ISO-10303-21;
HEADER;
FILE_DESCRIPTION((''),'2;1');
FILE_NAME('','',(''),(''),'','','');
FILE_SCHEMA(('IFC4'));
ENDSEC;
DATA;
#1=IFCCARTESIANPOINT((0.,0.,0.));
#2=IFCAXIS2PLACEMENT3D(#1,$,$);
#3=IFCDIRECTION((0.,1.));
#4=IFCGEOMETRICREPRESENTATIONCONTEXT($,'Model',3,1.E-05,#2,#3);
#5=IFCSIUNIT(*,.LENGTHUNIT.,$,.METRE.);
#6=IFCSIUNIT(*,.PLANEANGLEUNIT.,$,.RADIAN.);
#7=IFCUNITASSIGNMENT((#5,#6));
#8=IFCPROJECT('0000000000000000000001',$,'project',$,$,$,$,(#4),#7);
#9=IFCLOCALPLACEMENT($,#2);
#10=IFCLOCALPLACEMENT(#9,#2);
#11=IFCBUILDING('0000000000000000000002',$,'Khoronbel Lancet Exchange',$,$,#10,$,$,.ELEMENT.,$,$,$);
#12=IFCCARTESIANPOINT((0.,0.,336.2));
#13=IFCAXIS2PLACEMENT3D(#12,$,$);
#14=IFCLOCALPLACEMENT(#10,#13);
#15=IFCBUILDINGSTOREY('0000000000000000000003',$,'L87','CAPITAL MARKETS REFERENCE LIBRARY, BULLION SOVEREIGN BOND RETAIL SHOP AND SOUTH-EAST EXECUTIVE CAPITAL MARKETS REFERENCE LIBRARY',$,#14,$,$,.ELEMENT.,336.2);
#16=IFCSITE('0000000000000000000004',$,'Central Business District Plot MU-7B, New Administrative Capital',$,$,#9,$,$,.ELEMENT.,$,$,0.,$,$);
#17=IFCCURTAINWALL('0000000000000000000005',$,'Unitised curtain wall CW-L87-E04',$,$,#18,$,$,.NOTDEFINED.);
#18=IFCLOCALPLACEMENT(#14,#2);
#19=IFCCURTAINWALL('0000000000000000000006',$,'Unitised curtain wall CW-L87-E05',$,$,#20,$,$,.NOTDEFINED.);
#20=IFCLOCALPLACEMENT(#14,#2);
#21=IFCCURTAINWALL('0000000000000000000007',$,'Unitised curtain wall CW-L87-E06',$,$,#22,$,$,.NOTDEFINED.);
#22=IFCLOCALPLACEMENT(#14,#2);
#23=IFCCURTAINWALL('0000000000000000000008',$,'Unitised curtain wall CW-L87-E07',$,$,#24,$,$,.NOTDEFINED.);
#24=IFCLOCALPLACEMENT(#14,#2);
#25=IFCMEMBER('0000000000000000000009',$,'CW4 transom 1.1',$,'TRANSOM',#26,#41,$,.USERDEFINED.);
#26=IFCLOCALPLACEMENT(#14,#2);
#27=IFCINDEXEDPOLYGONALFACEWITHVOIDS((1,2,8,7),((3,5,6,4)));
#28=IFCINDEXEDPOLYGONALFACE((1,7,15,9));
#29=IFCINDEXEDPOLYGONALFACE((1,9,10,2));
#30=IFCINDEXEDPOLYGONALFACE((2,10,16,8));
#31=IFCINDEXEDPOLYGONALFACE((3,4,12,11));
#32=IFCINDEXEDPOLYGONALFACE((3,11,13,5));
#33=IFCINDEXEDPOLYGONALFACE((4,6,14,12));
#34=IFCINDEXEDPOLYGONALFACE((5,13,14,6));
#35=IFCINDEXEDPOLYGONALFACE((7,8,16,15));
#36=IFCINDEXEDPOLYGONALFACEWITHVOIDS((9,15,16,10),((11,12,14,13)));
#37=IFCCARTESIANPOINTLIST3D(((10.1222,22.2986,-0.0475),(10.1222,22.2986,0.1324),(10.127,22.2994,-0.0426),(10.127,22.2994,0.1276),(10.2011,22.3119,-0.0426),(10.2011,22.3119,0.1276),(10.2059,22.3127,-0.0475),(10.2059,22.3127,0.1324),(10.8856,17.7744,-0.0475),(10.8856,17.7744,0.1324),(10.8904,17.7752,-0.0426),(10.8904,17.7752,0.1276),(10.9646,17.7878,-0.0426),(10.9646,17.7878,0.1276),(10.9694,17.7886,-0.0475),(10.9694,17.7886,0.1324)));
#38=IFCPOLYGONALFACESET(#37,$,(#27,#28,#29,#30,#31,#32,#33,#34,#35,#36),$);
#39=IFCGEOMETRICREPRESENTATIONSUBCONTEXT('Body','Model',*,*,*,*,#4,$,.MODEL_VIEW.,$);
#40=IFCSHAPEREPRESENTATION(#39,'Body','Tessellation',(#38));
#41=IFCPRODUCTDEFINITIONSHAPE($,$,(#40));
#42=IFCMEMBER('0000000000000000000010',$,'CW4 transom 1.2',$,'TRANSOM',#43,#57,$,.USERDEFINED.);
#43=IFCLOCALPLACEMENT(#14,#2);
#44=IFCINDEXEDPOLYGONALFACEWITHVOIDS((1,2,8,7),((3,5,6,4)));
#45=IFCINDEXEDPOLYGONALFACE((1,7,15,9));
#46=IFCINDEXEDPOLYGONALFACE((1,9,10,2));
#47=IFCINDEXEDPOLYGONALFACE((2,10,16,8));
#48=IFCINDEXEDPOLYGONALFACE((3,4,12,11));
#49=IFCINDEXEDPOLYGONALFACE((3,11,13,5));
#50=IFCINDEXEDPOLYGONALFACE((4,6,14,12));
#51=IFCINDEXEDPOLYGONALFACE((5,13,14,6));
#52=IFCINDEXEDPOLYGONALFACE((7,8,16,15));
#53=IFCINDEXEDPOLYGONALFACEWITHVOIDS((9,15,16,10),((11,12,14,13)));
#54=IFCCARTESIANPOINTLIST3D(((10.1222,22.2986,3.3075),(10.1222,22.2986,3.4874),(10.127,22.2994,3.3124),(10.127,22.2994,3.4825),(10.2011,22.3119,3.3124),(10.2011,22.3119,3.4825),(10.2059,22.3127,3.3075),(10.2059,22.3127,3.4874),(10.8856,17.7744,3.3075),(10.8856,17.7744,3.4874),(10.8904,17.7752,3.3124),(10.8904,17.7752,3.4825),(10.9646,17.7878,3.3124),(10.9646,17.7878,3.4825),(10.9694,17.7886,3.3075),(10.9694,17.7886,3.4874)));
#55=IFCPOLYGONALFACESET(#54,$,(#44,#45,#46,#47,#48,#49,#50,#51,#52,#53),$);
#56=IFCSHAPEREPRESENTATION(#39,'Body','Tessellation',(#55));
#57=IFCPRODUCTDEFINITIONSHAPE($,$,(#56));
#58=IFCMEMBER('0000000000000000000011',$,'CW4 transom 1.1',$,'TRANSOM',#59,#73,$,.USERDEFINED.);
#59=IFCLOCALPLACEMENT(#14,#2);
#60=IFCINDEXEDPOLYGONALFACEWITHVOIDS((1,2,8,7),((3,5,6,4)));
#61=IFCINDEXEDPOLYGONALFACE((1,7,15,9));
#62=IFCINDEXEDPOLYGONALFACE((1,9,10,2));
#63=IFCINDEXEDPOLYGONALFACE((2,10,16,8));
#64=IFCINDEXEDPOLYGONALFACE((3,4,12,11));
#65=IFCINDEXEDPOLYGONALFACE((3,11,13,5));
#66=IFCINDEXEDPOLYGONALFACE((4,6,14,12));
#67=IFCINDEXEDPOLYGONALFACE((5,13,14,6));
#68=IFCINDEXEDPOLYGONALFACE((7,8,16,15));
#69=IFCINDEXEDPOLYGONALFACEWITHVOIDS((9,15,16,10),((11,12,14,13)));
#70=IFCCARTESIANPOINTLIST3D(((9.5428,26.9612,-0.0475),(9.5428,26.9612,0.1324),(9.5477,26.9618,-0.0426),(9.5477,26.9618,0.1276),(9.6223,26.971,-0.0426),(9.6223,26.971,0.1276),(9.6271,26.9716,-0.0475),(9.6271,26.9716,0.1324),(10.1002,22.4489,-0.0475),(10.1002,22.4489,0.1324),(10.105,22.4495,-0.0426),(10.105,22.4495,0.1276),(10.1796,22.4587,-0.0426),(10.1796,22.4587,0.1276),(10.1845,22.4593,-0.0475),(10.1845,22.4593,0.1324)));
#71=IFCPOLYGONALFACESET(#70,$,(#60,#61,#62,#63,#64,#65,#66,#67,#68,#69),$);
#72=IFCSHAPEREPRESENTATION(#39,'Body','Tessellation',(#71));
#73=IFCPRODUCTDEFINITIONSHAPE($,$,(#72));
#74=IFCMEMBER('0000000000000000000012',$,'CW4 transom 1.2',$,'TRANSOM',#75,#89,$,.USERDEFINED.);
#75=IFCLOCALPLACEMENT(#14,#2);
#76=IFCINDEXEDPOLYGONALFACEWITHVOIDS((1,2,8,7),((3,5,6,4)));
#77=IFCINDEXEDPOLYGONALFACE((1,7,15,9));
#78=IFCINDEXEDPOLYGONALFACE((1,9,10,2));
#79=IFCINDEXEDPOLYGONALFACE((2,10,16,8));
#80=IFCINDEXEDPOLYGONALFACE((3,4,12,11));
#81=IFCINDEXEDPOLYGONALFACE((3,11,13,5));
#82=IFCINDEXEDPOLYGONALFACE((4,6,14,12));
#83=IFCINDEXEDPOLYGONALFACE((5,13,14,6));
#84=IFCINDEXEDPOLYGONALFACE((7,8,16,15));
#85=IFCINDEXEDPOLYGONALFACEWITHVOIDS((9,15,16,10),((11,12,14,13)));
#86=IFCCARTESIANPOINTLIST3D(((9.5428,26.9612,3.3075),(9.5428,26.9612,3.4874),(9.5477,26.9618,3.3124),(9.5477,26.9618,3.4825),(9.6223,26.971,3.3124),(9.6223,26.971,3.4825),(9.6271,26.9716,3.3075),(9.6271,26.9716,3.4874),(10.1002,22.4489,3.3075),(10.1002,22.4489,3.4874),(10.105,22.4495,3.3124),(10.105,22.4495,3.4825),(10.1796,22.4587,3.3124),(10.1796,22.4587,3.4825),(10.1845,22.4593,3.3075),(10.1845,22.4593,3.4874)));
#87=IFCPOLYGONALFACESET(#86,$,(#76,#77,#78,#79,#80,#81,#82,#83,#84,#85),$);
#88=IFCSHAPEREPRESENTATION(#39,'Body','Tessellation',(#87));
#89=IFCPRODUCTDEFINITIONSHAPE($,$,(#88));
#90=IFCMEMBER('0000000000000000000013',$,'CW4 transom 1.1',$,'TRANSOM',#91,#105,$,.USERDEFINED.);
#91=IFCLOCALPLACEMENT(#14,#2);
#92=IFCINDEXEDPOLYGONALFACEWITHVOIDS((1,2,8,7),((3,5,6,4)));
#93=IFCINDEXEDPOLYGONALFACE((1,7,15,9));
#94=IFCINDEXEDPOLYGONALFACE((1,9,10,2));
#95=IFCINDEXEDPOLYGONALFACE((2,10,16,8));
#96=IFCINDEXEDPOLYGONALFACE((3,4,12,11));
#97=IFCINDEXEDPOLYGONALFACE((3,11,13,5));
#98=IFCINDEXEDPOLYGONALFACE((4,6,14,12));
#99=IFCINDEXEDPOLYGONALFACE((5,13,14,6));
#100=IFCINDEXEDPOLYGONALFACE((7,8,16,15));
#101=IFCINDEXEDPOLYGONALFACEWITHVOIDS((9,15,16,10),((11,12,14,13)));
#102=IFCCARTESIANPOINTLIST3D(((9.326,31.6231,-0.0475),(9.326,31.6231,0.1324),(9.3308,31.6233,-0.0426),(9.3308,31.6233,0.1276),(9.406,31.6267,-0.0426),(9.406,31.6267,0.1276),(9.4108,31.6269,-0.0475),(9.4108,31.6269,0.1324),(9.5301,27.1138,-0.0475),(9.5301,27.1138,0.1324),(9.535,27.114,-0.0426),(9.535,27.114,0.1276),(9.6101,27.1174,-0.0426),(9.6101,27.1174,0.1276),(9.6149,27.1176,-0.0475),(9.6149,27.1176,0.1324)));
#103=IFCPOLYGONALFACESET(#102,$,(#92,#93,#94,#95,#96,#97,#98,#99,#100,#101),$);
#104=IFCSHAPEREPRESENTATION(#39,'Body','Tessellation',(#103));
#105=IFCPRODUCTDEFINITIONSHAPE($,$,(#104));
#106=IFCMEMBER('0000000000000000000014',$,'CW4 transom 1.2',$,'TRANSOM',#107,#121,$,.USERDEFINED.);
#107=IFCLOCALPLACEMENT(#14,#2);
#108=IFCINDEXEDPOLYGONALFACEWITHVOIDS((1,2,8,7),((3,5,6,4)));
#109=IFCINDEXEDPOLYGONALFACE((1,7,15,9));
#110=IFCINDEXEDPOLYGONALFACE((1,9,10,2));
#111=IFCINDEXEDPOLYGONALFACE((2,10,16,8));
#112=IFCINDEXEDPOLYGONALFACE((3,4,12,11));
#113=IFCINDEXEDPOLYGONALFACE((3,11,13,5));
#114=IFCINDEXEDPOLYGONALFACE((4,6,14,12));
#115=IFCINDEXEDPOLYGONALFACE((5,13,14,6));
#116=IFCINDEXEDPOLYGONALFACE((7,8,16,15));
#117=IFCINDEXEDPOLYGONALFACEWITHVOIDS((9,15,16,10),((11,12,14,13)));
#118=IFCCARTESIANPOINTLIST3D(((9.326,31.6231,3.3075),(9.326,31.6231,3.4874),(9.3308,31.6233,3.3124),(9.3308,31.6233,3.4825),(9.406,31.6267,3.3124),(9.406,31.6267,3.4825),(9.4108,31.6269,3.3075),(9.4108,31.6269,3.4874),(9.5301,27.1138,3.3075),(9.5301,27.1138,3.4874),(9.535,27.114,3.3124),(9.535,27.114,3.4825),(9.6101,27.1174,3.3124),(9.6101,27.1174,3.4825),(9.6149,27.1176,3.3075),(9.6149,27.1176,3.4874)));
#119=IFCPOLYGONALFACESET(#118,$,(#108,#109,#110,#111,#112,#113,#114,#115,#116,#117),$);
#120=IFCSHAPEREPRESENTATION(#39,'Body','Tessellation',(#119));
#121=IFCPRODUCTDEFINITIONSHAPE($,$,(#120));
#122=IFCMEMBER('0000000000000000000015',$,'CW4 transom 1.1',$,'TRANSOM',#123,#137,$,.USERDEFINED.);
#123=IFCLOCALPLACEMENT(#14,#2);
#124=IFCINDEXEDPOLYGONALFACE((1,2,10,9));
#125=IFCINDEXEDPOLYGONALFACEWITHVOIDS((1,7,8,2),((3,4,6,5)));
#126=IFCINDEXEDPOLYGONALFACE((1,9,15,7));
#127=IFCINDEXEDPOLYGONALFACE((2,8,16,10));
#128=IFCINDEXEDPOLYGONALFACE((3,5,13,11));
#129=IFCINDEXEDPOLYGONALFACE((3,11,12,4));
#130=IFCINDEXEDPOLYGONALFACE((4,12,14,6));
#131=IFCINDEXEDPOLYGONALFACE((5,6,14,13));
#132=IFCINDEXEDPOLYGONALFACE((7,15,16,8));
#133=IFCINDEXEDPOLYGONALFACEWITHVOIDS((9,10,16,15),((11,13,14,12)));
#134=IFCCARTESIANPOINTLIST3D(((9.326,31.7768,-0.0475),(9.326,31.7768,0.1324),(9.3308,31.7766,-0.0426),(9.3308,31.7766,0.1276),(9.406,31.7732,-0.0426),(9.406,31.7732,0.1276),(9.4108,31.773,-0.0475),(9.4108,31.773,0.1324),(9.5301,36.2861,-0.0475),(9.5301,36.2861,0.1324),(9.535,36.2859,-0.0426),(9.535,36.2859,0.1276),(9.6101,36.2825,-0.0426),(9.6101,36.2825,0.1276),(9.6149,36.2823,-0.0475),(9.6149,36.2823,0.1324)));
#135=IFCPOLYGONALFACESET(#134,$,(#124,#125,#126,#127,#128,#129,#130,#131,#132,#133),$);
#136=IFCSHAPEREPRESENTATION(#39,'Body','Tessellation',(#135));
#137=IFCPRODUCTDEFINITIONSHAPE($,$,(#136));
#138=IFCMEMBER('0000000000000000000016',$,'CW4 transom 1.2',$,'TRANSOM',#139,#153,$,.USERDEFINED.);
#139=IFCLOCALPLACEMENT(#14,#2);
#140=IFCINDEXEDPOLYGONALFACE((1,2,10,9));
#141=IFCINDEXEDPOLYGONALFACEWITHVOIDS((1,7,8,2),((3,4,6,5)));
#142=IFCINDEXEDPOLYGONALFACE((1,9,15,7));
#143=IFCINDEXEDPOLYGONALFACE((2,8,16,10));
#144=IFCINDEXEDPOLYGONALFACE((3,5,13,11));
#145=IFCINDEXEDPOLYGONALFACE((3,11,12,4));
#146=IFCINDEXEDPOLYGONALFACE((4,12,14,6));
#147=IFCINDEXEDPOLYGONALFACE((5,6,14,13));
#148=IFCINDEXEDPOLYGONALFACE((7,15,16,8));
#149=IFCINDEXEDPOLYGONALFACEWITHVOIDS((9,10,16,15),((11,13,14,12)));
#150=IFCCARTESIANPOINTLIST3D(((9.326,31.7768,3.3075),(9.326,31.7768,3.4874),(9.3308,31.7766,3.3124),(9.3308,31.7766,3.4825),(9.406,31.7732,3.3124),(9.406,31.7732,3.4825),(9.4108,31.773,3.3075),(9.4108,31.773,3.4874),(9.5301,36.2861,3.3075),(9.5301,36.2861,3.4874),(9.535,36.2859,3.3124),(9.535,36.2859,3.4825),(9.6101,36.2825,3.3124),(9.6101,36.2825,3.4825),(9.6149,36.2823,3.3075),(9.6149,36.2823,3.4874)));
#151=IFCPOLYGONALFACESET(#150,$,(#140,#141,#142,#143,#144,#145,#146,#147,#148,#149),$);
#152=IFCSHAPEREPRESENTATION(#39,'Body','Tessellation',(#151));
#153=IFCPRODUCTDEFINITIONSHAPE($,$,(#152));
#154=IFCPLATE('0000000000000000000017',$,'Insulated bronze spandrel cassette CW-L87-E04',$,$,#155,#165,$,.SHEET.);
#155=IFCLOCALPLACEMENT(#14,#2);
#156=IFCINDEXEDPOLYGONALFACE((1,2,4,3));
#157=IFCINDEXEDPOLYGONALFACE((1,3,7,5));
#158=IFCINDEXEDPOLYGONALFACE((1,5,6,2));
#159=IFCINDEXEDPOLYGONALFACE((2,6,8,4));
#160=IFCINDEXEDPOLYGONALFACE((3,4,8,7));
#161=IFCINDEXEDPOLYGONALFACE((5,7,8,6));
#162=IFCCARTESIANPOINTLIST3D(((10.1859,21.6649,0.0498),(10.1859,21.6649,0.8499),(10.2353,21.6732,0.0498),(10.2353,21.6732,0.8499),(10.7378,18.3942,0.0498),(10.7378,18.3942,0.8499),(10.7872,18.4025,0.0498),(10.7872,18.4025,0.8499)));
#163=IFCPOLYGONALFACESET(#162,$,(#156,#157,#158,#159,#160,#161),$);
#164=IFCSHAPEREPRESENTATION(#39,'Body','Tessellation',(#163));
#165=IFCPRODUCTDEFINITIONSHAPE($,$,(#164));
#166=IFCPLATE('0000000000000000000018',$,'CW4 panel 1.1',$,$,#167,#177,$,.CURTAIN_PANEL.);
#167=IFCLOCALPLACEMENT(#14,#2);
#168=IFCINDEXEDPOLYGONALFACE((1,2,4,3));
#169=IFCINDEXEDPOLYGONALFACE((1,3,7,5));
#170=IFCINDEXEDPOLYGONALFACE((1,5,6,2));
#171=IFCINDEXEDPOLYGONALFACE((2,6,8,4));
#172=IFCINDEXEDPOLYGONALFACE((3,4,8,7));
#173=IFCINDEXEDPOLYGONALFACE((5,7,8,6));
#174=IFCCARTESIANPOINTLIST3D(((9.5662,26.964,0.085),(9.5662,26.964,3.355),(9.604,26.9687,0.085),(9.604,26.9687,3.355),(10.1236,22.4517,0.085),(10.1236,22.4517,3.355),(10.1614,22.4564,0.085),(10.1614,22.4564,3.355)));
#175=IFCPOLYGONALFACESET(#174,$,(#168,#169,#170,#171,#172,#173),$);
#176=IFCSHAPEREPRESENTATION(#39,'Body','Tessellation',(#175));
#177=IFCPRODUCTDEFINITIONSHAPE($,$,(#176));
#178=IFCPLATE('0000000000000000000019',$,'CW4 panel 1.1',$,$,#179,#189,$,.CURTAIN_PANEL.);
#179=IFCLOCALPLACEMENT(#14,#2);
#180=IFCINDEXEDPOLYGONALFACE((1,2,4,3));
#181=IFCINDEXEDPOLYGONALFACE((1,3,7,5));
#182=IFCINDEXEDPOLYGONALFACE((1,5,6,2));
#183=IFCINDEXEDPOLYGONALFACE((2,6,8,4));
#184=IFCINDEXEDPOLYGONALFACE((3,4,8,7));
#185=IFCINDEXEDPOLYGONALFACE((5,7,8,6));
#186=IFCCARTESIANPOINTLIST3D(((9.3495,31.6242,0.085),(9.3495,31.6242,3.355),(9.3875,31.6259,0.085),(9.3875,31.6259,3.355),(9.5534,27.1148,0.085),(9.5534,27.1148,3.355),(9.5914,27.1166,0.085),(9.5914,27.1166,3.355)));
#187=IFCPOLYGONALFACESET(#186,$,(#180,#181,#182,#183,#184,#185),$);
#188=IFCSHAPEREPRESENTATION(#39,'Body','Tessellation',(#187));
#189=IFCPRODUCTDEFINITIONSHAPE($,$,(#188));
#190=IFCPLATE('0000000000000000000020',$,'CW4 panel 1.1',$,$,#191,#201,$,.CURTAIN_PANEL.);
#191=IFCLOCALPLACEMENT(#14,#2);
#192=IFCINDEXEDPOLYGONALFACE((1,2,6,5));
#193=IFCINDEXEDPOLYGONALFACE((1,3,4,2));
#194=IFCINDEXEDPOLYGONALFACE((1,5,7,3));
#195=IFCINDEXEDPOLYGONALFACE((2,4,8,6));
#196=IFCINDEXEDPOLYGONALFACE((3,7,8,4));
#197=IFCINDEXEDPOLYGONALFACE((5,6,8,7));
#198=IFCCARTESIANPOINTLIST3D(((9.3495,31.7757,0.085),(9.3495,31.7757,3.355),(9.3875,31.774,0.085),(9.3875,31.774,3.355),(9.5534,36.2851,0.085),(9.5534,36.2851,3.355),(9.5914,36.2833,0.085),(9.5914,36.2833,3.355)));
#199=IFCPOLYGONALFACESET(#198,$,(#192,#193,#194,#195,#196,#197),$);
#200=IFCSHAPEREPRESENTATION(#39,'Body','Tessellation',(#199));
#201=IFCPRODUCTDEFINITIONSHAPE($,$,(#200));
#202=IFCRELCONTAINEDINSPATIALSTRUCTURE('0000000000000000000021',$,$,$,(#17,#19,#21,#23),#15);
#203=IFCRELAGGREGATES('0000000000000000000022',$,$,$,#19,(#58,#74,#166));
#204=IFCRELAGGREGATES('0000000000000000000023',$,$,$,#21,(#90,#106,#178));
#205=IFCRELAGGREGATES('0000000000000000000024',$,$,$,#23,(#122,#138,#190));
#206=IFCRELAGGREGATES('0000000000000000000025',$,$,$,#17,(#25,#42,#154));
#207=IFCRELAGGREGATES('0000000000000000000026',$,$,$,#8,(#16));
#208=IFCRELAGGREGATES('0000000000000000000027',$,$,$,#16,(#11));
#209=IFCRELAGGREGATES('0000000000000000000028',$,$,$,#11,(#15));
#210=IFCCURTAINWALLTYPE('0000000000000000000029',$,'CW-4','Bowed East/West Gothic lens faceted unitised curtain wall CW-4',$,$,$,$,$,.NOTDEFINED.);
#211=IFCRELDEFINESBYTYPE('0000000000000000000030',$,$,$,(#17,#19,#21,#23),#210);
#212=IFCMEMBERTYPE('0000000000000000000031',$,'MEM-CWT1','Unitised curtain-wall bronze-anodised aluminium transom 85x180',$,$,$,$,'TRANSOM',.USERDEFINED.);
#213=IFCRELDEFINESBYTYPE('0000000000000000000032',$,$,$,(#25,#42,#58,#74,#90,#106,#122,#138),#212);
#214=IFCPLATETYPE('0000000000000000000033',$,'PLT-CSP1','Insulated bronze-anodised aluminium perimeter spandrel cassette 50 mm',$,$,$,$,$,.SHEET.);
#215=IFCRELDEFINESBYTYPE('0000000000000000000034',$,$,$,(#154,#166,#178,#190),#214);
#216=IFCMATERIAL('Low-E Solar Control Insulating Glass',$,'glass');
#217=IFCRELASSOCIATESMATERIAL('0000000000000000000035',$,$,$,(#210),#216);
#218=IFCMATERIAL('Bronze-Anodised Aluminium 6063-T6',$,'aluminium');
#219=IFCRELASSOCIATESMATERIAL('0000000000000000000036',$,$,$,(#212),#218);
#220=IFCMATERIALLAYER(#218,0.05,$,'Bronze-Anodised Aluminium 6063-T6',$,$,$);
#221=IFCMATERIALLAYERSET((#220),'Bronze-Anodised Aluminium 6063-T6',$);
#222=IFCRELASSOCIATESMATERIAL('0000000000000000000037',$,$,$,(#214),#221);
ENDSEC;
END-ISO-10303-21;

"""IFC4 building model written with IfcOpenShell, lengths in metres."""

from ifc_helpers import new_model, si_unit, direction, frame, origin, origin_2d, place, context, subcontext, project, spatial, rectangle, hollow_rectangle, extrude, material, layer, layer_set, material_profile, profile_set, type_object, element, aggregate, save


model = new_model("IFC4")

# Units and contexts
model_context = context("Model", 3, precision=1e-05, world=origin(), true_north=direction((0.0, 1.0)))
body_context = subcontext(model_context, "Body", "Model", "MODEL_VIEW")
ifc_project = project(units=[si_unit("LENGTHUNIT", "METRE"), si_unit("PLANEANGLEUNIT", "RADIAN")], contexts=[model_context])

# Site, building, storey
site_placement = place(None, origin())
site = spatial("IfcSite", under=ifc_project, at=site_placement, Name="Central Business District Plot MU-7B, New Administrative Capital", CompositionType="ELEMENT", RefElevation=0.0)
building_placement = place(site_placement, origin())
building = spatial("IfcBuilding", under=site, at=building_placement, Name="Khoronbel Lancet Exchange", CompositionType="ELEMENT")
storey_placement = place(building_placement, frame((0.0, 0.0, 336.2)))
storey = spatial("IfcBuildingStorey", under=building, at=storey_placement, Name="L87", Description="CAPITAL MARKETS REFERENCE LIBRARY, BULLION SOVEREIGN BOND RETAIL SHOP AND SOUTH-EAST EXECUTIVE CAPITAL MARKETS REFERENCE LIBRARY", CompositionType="ELEMENT", Elevation=336.2)

# Curtain walls
ifc_material_1 = material(Name="Low-E Solar Control Insulating Glass", Category="glass")
curtain_wall_type = type_object("IfcCurtainWallType", Name="CW-4", Description="Bowed East/West Gothic lens faceted unitised curtain wall CW-4", PredefinedType="NOTDEFINED", material=ifc_material_1)
curtain_wall_1_placement = place(storey_placement, origin())
curtain_wall_1 = element("IfcCurtainWall", 1, at=curtain_wall_1_placement, inside=storey, type_object=curtain_wall_type, Name="Unitised curtain wall CW-L87-E04", PredefinedType="NOTDEFINED")
ifc_material_2 = material(Name="Bronze-Anodised Aluminium 6063-T6", Category="aluminium")
curtain_wall_2_placement = place(storey_placement, origin())
curtain_wall_2 = element("IfcCurtainWall", 2, at=curtain_wall_2_placement, inside=storey, type_object=curtain_wall_type, Name="Unitised curtain wall CW-L87-E05", PredefinedType="NOTDEFINED")
curtain_wall_3_placement = place(storey_placement, origin())
curtain_wall_3 = element("IfcCurtainWall", 3, at=curtain_wall_3_placement, inside=storey, type_object=curtain_wall_type, Name="Unitised curtain wall CW-L87-E06", PredefinedType="NOTDEFINED")

# Curtain wall
curtain_wall_4_placement = place(storey_placement, origin())
curtain_wall_4 = element("IfcCurtainWall", 4, at=curtain_wall_4_placement, inside=storey, type_object=curtain_wall_type, Name="Unitised curtain wall CW-L87-E07", PredefinedType="NOTDEFINED")

# Members
ifc_material_profile_1 = material_profile(ifc_material_2, hollow_rectangle(XDim=0.085, YDim=0.1799, WallThickness=0.0049, at=origin_2d()), Name="ALU TRANSOM 85x180")
ifc_profile_set_1 = profile_set([ifc_material_profile_1], Name="Bronze-Anodised Aluminium 6063-T6")
member_type_1 = type_object("IfcMemberType", Name="MEM-CWT1", Description="Unitised curtain-wall bronze-anodised aluminium transom 85x180", ElementType="TRANSOM", PredefinedType="USERDEFINED", material=ifc_profile_set_1)
member_1_placement = place(storey_placement, frame((10.9275, 17.7815, 0.0425), z_axis=(-0.166392, 0.98606, 0.0), x_axis=(-0.98606, -0.166392, 0.0)))
member_1 = element("IfcMember", 5, at=member_1_placement, type_object=member_type_1, Name="CW4 transom 1.1", ObjectType="TRANSOM", PredefinedType="USERDEFINED", context=body_context, shape_type="SweptSolid", body=[
    extrude(hollow_rectangle(XDim=0.085, YDim=0.1799, WallThickness=0.0049, at=origin_2d()), origin(), (0.0, 0.0, 1.0), 4.5881),
])
member_2_placement = place(storey_placement, frame((10.9275, 17.7815, 3.3975), z_axis=(-0.166392, 0.98606, 0.0), x_axis=(-0.98606, -0.166392, 0.0)))
member_2 = element("IfcMember", 6, at=member_2_placement, type_object=member_type_1, Name="CW4 transom 1.2", ObjectType="TRANSOM", PredefinedType="USERDEFINED", context=body_context, shape_type="SweptSolid", body=[
    extrude(hollow_rectangle(XDim=0.085, YDim=0.1799, WallThickness=0.0049, at=origin_2d()), origin(), (0.0, 0.0, 1.0), 4.5881),
])
member_3_placement = place(storey_placement, frame((10.1423, 22.4541, 0.0425), z_axis=(-0.122587, 0.992458, 0.0), x_axis=(-0.992458, -0.122587, 0.0)))
member_3 = element("IfcMember", 7, at=member_3_placement, type_object=member_type_1, Name="CW4 transom 1.1", ObjectType="TRANSOM", PredefinedType="USERDEFINED", context=body_context, shape_type="SweptSolid", body=[
    extrude(hollow_rectangle(XDim=0.085, YDim=0.1799, WallThickness=0.0049, at=origin_2d()), origin(), (0.0, 0.0, 1.0), 4.5466),
])
member_4_placement = place(storey_placement, frame((10.1423, 22.4541, 3.3975), z_axis=(-0.122587, 0.992458, 0.0), x_axis=(-0.992458, -0.122587, 0.0)))
member_4 = element("IfcMember", 8, at=member_4_placement, type_object=member_type_1, Name="CW4 transom 1.2", ObjectType="TRANSOM", PredefinedType="USERDEFINED", context=body_context, shape_type="SweptSolid", body=[
    extrude(hollow_rectangle(XDim=0.085, YDim=0.1799, WallThickness=0.0049, at=origin_2d()), origin(), (0.0, 0.0, 1.0), 4.5466),
])
member_5_placement = place(storey_placement, frame((9.5725, 27.1157, 0.0425), z_axis=(-0.045216, 0.998977, 0.0), x_axis=(-0.998977, -0.045216, 0.0)))
member_5 = element("IfcMember", 9, at=member_5_placement, type_object=member_type_1, Name="CW4 transom 1.1", ObjectType="TRANSOM", PredefinedType="USERDEFINED", context=body_context, shape_type="SweptSolid", body=[
    extrude(hollow_rectangle(XDim=0.085, YDim=0.1799, WallThickness=0.0049, at=origin_2d()), origin(), (0.0, 0.0, 1.0), 4.5139),
])
member_6_placement = place(storey_placement, frame((9.5725, 27.1157, 3.3975), z_axis=(-0.045216, 0.998977, 0.0), x_axis=(-0.998977, -0.045216, 0.0)))
member_6 = element("IfcMember", 10, at=member_6_placement, type_object=member_type_1, Name="CW4 transom 1.2", ObjectType="TRANSOM", PredefinedType="USERDEFINED", context=body_context, shape_type="SweptSolid", body=[
    extrude(hollow_rectangle(XDim=0.085, YDim=0.1799, WallThickness=0.0049, at=origin_2d()), origin(), (0.0, 0.0, 1.0), 4.5139),
])
member_7_placement = place(storey_placement, frame((9.3684, 31.7749, 0.0425), z_axis=(0.045216, 0.998977, 0.0), x_axis=(-0.998977, 0.045216, 0.0)))
member_7 = element("IfcMember", 11, at=member_7_placement, type_object=member_type_1, Name="CW4 transom 1.1", ObjectType="TRANSOM", PredefinedType="USERDEFINED", context=body_context, shape_type="SweptSolid", body=[
    extrude(hollow_rectangle(XDim=0.085, YDim=0.1799, WallThickness=0.0049, at=origin_2d()), origin(), (0.0, 0.0, 1.0), 4.5139),
])
member_8_placement = place(storey_placement, frame((9.3684, 31.7749, 3.3975), z_axis=(0.045216, 0.998977, 0.0), x_axis=(-0.998977, 0.045216, 0.0)))
member_8 = element("IfcMember", 12, at=member_8_placement, type_object=member_type_1, Name="CW4 transom 1.2", ObjectType="TRANSOM", PredefinedType="USERDEFINED", context=body_context, shape_type="SweptSolid", body=[
    extrude(hollow_rectangle(XDim=0.085, YDim=0.1799, WallThickness=0.0049, at=origin_2d()), origin(), (0.0, 0.0, 1.0), 4.5139),
])

# Plates
ifc_layer_1 = layer(ifc_material_2, 0.05, Name="Bronze-Anodised Aluminium 6063-T6")
ifc_layer_set_1 = layer_set([ifc_layer_1], Name="Bronze-Anodised Aluminium 6063-T6")
plate_type_1 = type_object("IfcPlateType", Name="PLT-CSP1", Description="Insulated bronze-anodised aluminium perimeter spandrel cassette 50 mm", PredefinedType="SHEET", material=ifc_layer_set_1)
plate_1_placement = place(storey_placement, frame((10.4866, 20.0337, 0.0498), z_axis=(0.0, 0.0, 1.0), x_axis=(-0.16639, 0.98606, 0.0)))
plate_1 = element("IfcPlate", 13, at=plate_1_placement, type_object=plate_type_1, Name="Insulated bronze spandrel cassette CW-L87-E04", PredefinedType="SHEET", context=body_context, shape_type="SweptSolid", body=[
    extrude(rectangle(XDim=3.3169, YDim=0.05, at=origin_2d()), origin(), (0.0, 0.0, 1.0), 0.8),
])
plate_2_placement = place(storey_placement, frame((9.8638, 24.7102, 0.085), z_axis=(0.0, 0.0, 1.0), x_axis=(-0.122599, 0.992456, 0.0)))
plate_2 = element("IfcPlate", 14, at=plate_2_placement, type_object=plate_type_1, Name="CW4 panel 1.1", PredefinedType="CURTAIN_PANEL", context=body_context, shape_type="SweptSolid", body=[
    extrude(rectangle(XDim=4.5466, YDim=0.0381, at=origin_2d()), origin(), (0.0, 0.0, 1.0), 3.27),
])
aggregate(curtain_wall_2, [member_3, member_4, plate_2])
plate_3_placement = place(storey_placement, frame((9.4705, 29.3704, 0.085), z_axis=(0.0, 0.0, 1.0), x_axis=(-0.045177, 0.998979, 0.0)))
plate_3 = element("IfcPlate", 15, at=plate_3_placement, type_object=plate_type_1, Name="CW4 panel 1.1", PredefinedType="CURTAIN_PANEL", context=body_context, shape_type="SweptSolid", body=[
    extrude(rectangle(XDim=4.5139, YDim=0.0381, at=origin_2d()), origin(), (0.0, 0.0, 1.0), 3.27),
])
aggregate(curtain_wall_3, [member_5, member_6, plate_3])
plate_4_placement = place(storey_placement, frame((9.4705, 34.0295, 0.085), z_axis=(0.0, 0.0, 1.0), x_axis=(0.045177, 0.998979, 0.0)))
plate_4 = element("IfcPlate", 16, at=plate_4_placement, type_object=plate_type_1, Name="CW4 panel 1.1", PredefinedType="CURTAIN_PANEL", context=body_context, shape_type="SweptSolid", body=[
    extrude(rectangle(XDim=4.5139, YDim=0.0381, at=origin_2d()), origin(), (0.0, 0.0, 1.0), 3.27),
])
aggregate(curtain_wall_4, [member_7, member_8, plate_4])
aggregate(curtain_wall_1, [member_1, member_2, plate_1])

save(model, "model.ifc")
